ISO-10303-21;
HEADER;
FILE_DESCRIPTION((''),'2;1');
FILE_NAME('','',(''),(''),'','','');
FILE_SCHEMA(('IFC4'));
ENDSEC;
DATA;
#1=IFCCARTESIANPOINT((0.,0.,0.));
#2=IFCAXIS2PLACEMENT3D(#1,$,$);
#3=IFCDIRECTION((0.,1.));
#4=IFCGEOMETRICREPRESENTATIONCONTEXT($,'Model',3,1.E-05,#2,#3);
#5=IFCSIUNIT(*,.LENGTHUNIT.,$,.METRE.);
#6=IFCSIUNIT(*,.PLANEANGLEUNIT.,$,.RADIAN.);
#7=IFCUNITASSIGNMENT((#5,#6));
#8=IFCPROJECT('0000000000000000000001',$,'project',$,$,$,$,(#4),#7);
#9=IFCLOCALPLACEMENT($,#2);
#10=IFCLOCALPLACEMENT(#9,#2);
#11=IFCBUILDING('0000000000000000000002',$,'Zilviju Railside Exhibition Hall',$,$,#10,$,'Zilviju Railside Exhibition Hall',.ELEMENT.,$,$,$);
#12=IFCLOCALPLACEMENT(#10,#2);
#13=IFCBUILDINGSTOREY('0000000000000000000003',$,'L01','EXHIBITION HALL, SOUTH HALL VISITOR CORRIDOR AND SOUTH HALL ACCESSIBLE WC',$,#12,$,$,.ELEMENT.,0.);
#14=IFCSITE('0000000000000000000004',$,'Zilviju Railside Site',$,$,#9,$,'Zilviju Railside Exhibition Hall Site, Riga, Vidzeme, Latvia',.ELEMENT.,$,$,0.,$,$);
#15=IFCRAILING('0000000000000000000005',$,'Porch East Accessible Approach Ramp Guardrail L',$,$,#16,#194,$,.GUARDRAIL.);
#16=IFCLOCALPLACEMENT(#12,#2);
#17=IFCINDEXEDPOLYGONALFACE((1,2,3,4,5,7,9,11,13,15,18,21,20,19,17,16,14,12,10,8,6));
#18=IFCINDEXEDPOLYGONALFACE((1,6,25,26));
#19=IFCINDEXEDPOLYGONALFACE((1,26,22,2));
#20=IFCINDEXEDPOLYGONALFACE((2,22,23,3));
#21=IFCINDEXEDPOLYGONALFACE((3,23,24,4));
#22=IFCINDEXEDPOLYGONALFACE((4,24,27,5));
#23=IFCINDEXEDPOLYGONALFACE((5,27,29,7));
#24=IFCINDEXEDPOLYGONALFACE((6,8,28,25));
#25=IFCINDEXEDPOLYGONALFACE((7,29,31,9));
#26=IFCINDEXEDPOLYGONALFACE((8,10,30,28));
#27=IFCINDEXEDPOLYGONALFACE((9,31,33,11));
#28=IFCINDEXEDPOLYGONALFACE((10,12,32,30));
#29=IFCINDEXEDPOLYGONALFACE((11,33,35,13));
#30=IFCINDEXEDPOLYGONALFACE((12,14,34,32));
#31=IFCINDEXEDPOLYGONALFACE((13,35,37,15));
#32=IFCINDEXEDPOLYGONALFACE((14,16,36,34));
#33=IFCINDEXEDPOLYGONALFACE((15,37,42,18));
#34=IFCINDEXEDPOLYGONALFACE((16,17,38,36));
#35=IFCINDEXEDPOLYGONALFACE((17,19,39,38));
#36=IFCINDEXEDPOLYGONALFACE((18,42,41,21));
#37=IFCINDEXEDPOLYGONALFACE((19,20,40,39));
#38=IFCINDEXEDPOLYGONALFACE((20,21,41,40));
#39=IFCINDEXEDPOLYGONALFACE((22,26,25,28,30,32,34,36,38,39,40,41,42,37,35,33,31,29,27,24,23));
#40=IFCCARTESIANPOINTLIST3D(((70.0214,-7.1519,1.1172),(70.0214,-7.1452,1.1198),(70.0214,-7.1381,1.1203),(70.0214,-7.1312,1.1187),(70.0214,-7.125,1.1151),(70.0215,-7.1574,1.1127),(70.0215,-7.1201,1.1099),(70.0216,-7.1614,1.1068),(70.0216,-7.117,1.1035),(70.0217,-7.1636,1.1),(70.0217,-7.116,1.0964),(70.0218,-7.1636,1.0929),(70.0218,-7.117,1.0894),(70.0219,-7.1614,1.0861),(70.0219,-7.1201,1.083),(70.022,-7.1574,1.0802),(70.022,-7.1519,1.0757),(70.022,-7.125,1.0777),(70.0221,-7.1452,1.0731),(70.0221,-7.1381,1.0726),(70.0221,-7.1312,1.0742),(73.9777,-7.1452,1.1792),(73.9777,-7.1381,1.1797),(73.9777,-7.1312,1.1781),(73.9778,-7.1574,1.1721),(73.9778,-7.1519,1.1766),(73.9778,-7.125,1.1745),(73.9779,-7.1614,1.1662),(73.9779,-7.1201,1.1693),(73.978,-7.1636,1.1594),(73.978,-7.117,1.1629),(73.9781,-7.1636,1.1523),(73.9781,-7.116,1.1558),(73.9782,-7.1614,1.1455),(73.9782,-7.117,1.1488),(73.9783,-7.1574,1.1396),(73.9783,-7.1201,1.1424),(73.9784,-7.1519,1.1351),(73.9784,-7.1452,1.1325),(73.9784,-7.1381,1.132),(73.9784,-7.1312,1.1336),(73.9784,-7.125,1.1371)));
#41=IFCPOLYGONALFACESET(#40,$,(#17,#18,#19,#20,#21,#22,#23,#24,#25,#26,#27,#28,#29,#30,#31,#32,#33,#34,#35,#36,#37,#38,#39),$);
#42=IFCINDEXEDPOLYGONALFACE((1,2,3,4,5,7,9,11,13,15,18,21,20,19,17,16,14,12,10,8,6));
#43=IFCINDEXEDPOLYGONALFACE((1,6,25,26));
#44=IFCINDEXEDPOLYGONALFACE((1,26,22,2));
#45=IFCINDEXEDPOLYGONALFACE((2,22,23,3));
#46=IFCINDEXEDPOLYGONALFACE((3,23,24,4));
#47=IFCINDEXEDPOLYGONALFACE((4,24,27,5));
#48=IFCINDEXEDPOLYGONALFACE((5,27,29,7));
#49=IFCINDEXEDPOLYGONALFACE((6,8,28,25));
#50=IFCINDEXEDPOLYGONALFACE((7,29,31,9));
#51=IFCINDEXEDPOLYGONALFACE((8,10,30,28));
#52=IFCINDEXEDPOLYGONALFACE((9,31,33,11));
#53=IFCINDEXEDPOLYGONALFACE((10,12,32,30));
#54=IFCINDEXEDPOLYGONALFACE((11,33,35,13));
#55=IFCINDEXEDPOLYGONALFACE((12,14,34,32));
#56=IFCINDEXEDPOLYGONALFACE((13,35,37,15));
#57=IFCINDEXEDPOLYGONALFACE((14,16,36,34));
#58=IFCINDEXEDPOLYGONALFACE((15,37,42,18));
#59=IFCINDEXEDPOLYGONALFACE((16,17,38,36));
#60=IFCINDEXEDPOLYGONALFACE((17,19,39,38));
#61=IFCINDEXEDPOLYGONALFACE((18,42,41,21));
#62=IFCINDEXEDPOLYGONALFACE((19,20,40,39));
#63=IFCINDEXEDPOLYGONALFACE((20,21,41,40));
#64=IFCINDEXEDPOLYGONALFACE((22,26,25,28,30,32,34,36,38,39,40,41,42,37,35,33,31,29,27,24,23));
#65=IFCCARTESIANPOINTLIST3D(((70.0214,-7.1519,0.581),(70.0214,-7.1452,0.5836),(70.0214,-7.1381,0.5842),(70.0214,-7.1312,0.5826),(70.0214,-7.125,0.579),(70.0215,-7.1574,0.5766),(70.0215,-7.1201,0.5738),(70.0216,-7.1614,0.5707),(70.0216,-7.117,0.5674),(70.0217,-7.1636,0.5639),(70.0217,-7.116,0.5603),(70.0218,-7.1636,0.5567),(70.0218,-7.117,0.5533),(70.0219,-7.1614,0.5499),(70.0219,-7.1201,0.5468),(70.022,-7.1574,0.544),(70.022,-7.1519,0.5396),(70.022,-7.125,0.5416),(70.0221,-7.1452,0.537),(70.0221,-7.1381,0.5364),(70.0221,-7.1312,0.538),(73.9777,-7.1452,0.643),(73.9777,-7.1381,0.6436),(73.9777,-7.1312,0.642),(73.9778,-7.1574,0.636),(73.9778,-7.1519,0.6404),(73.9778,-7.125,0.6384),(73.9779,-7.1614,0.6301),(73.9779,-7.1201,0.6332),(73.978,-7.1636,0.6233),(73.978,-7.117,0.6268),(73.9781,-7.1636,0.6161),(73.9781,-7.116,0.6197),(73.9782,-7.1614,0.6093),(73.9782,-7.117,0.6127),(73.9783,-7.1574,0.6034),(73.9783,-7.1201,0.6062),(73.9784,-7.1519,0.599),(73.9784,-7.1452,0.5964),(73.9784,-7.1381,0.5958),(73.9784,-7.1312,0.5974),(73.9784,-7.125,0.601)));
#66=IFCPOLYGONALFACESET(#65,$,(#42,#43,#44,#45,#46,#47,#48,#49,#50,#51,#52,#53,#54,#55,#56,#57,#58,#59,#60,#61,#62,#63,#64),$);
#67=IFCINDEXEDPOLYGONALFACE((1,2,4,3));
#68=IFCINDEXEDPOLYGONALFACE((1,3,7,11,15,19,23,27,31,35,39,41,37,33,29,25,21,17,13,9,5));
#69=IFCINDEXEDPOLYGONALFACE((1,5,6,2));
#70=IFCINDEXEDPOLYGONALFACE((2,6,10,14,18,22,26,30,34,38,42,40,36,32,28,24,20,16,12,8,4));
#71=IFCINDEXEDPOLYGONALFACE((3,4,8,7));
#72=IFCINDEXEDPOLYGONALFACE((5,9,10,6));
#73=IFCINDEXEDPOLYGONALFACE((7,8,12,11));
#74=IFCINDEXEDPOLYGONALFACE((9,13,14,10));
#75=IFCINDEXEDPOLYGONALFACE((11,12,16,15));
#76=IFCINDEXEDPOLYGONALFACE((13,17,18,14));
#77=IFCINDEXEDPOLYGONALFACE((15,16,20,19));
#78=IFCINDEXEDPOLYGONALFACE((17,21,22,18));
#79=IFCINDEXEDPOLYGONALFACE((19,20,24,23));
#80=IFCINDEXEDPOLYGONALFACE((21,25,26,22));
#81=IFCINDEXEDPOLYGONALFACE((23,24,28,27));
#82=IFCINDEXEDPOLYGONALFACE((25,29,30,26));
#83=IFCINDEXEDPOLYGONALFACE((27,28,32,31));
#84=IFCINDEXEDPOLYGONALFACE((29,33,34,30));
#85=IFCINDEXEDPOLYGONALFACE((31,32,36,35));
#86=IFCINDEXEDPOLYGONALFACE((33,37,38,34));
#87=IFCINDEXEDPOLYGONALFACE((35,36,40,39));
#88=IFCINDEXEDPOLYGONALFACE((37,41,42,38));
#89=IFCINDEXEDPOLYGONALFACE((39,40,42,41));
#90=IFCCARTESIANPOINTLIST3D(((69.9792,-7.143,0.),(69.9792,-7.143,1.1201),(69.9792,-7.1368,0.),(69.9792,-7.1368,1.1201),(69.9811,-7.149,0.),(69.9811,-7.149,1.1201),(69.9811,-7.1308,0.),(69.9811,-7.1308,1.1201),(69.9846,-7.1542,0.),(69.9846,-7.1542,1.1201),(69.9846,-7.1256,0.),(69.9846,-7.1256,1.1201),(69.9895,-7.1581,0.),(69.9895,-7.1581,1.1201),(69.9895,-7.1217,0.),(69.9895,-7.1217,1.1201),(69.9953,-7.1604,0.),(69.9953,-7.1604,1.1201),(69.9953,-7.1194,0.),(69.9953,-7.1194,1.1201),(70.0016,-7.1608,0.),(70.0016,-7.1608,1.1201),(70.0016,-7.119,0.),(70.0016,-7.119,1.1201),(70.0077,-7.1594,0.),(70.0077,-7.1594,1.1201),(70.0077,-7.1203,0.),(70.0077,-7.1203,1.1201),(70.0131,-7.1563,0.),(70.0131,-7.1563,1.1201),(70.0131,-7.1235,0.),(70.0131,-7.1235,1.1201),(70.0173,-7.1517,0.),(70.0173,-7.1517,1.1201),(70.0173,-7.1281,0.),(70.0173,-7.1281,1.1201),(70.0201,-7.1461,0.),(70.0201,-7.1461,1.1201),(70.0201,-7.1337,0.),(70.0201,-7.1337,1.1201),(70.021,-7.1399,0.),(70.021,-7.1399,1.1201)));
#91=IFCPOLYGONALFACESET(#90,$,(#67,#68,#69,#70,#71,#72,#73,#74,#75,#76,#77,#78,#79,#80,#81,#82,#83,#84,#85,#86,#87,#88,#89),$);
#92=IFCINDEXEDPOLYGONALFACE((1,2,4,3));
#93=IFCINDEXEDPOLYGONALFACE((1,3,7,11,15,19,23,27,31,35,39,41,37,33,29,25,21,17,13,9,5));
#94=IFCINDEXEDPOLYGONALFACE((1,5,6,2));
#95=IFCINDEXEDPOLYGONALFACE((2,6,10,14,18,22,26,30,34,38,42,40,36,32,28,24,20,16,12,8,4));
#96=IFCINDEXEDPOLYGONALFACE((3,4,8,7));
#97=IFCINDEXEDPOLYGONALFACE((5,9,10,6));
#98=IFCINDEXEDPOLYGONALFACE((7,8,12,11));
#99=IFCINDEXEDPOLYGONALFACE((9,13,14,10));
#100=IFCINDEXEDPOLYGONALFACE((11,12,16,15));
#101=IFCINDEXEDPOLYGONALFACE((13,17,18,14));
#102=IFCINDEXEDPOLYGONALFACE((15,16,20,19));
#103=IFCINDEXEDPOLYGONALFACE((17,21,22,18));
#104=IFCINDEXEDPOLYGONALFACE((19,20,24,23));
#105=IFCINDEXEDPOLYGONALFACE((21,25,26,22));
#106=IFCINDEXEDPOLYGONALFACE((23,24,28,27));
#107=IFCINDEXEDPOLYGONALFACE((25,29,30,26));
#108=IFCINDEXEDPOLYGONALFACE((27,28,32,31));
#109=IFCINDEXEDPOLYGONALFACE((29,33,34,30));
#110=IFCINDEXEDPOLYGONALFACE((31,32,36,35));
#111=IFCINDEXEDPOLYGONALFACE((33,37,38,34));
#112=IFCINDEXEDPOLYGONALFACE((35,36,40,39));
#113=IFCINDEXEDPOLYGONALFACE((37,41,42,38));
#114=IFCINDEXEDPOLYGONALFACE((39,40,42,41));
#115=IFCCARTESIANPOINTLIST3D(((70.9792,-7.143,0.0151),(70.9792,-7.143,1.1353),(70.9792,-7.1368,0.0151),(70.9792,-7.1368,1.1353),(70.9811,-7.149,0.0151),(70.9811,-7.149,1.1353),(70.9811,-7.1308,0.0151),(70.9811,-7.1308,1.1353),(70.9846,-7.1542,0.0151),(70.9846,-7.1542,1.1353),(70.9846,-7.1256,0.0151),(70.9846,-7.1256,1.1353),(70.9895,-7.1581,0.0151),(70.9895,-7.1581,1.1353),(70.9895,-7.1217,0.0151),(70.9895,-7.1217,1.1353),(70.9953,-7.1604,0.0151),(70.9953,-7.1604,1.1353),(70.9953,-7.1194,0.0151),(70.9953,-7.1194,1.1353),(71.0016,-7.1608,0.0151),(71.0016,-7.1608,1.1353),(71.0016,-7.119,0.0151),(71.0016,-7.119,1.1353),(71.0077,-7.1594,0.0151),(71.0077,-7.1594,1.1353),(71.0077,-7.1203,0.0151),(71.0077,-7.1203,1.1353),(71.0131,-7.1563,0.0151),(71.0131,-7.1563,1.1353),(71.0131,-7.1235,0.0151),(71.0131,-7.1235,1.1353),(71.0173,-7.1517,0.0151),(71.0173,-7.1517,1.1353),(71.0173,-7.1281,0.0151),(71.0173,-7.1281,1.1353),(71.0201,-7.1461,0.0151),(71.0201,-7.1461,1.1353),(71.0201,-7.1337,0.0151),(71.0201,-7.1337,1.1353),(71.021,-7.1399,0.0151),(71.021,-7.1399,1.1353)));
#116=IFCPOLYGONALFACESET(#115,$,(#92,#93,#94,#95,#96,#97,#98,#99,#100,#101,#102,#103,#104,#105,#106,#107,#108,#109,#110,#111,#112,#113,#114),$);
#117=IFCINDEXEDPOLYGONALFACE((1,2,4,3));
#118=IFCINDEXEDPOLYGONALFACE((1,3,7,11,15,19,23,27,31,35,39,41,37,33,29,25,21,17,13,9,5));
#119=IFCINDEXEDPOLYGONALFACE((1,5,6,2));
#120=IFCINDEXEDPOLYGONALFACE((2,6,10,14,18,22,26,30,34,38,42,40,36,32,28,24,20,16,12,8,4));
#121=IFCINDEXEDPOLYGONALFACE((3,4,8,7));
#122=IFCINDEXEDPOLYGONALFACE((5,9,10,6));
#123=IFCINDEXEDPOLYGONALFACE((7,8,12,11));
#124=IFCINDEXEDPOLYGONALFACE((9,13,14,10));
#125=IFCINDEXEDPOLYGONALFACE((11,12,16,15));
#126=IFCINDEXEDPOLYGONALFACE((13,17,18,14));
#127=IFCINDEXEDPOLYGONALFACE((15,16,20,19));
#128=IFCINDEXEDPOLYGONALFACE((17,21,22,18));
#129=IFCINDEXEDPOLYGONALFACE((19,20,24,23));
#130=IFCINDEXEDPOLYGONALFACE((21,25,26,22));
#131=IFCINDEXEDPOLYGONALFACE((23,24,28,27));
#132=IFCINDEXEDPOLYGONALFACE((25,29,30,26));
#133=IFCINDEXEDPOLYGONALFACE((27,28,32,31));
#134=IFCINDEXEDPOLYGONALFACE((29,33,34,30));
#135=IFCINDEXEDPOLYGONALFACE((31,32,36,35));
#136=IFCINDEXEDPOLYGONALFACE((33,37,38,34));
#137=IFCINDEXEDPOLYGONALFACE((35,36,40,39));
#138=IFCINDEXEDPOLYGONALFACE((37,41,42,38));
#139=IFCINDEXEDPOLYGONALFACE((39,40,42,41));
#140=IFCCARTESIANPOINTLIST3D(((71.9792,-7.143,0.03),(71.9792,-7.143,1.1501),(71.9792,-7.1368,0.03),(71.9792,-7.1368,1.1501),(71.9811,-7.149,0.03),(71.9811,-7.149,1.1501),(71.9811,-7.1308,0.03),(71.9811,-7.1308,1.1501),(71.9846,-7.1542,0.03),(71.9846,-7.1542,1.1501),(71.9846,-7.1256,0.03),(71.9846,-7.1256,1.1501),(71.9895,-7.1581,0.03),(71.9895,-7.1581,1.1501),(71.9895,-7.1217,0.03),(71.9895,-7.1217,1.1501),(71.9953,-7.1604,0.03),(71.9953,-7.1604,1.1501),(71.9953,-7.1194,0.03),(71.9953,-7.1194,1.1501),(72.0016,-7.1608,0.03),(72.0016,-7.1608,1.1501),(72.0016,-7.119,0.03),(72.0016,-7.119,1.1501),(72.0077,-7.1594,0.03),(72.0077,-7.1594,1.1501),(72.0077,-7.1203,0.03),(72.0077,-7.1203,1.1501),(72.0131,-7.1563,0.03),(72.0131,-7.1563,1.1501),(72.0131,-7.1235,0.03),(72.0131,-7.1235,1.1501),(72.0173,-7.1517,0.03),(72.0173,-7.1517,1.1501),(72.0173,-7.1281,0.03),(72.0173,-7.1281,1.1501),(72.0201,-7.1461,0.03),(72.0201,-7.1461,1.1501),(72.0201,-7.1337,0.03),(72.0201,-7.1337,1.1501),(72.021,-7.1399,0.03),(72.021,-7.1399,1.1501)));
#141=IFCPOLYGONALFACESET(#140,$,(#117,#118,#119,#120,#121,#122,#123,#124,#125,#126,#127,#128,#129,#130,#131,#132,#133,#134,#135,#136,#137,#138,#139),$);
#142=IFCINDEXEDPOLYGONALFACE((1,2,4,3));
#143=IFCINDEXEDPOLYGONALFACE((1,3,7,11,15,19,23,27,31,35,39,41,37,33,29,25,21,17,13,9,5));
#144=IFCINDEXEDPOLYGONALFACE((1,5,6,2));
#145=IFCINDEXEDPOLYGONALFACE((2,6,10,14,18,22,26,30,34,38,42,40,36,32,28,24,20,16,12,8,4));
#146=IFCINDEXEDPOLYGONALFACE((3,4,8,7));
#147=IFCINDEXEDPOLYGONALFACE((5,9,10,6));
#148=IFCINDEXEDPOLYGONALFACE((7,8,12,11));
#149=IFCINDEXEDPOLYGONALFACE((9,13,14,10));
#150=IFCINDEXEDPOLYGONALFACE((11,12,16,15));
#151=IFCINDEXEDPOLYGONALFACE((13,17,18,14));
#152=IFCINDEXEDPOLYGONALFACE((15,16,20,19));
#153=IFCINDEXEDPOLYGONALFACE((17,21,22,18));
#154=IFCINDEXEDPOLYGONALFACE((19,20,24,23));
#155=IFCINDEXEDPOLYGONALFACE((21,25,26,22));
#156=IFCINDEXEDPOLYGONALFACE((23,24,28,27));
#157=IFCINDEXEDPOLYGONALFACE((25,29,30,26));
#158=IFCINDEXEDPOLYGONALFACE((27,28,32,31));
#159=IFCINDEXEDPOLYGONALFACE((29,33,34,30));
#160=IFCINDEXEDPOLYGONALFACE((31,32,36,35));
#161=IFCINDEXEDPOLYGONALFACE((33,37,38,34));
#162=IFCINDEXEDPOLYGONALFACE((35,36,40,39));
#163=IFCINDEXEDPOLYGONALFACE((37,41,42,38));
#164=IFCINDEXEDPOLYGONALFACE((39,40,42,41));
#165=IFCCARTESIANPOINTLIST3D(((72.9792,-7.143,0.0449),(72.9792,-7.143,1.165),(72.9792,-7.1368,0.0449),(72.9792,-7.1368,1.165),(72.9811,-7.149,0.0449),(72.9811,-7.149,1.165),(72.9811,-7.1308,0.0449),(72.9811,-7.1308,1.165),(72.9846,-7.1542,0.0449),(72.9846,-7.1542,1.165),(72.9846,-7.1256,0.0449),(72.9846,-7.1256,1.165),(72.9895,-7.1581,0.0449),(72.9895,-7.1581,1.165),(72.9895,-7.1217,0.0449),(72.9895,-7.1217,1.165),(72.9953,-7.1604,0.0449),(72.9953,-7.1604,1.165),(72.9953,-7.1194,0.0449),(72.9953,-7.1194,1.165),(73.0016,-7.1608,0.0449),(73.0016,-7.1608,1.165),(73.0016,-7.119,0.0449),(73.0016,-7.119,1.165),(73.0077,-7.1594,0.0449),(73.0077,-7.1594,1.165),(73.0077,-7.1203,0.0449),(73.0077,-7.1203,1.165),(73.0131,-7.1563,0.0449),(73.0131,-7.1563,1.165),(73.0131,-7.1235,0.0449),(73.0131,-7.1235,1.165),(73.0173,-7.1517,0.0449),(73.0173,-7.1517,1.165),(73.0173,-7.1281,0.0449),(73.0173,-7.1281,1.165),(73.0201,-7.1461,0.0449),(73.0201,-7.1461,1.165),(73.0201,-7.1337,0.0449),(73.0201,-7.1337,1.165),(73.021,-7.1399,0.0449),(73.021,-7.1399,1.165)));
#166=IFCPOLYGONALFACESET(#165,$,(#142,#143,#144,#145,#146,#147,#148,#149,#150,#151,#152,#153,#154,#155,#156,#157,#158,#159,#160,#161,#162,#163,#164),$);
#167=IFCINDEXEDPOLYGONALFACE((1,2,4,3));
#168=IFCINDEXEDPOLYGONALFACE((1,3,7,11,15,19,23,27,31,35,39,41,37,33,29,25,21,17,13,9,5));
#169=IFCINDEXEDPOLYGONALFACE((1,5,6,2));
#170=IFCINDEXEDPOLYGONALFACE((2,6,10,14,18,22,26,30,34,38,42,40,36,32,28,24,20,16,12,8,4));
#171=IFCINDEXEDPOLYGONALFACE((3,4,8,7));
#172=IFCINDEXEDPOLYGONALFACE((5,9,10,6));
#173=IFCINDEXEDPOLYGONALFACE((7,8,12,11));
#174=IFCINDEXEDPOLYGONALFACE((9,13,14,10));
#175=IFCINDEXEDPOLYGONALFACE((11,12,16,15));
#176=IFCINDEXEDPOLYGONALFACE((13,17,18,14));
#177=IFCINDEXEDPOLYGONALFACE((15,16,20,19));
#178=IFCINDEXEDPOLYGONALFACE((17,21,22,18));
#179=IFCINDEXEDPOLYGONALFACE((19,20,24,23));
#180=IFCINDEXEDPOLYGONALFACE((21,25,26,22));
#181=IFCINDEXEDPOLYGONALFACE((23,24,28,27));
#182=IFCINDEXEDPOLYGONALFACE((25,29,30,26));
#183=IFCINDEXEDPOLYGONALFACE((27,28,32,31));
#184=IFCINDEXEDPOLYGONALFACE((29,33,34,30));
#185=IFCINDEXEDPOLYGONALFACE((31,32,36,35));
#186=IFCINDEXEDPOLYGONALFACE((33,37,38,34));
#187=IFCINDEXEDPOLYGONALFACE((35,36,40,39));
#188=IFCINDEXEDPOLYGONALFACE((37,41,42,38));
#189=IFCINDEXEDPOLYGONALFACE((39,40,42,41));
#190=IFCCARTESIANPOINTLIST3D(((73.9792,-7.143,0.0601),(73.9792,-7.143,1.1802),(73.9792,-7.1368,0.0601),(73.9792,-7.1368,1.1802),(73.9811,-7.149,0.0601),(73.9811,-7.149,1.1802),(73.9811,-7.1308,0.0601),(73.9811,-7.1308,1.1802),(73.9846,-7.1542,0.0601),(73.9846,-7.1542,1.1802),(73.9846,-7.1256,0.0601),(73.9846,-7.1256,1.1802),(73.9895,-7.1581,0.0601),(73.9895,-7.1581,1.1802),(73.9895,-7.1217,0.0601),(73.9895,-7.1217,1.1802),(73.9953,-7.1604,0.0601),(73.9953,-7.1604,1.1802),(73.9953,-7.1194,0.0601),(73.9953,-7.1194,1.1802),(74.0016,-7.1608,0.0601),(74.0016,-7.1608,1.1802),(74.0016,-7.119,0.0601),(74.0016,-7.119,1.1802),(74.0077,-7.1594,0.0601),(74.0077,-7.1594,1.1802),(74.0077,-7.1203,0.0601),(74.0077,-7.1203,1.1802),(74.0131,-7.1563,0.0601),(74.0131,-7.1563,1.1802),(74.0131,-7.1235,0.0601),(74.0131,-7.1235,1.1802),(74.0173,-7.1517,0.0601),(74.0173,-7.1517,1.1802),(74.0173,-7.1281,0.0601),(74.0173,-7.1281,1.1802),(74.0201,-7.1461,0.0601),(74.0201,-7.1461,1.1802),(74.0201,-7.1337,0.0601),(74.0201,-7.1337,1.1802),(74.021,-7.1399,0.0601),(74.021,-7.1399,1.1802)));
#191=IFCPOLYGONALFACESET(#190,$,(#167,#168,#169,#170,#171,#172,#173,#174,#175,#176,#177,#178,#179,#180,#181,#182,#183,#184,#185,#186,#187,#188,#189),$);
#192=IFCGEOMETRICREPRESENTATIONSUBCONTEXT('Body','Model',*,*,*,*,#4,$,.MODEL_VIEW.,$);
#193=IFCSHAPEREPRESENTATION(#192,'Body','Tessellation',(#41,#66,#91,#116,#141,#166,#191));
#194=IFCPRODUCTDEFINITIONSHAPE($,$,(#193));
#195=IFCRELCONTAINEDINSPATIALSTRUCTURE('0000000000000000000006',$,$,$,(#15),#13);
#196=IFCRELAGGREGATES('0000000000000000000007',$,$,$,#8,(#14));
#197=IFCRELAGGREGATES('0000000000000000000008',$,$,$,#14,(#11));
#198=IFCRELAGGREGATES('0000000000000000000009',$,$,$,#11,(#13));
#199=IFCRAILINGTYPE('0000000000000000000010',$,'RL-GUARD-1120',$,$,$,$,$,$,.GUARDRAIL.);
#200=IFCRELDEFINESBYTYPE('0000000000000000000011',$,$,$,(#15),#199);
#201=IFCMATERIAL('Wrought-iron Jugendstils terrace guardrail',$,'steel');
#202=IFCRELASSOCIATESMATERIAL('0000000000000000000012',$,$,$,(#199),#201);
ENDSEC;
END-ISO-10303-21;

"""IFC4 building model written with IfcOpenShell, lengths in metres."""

from ifc_helpers import new_model, si_unit, direction, frame, origin, origin_2d, place, context, subcontext, project, spatial, circle, extrude, material, type_object, element, save


model = new_model("IFC4")

# Units and contexts
model_context = context("Model", 3, precision=1e-05, world=origin(), true_north=direction((0.0, 1.0)))
body_context = subcontext(model_context, "Body", "Model", "MODEL_VIEW")
ifc_project = project(units=[si_unit("LENGTHUNIT", "METRE"), si_unit("PLANEANGLEUNIT", "RADIAN")], contexts=[model_context])

# Site, building, storey
site_placement = place(None, origin())
site = spatial("IfcSite", under=ifc_project, at=site_placement, Name="Zilviju Railside Site", LongName="Zilviju Railside Exhibition Hall Site, Riga, Vidzeme, Latvia", CompositionType="ELEMENT", RefElevation=0.0)
building_placement = place(site_placement, origin())
building = spatial("IfcBuilding", under=site, at=building_placement, Name="Zilviju Railside Exhibition Hall", LongName="Zilviju Railside Exhibition Hall", CompositionType="ELEMENT")
storey_placement = place(building_placement, origin())
storey = spatial("IfcBuildingStorey", under=building, at=storey_placement, Name="L01", Description="EXHIBITION HALL, SOUTH HALL VISITOR CORRIDOR AND SOUTH HALL ACCESSIBLE WC", CompositionType="ELEMENT", Elevation=0.0)

# Railing
ifc_material_1 = material(Name="Wrought-iron Jugendstils terrace guardrail", Category="steel")
railing_type = type_object("IfcRailingType", Name="RL-GUARD-1120", PredefinedType="GUARDRAIL", material=ifc_material_1)
for number, where, name in (
    (1, (70.0, -7.1399, 0.0), "Porch East Accessible Approach Ramp Guardrail L"),
):
    element("IfcRailing", number, at=place(storey_placement, frame(where)), inside=storey, type_object=railing_type, Name=name, PredefinedType="GUARDRAIL", context=body_context, shape_type="SweptSolid", body=[
        extrude(circle(Radius=0.0239, at=origin_2d()), frame((0.0217, 0.0, 1.0964), z_axis=(0.999887, 0.0, 0.015013), x_axis=(0.0, 1.0, 0.0)), (0.0, 0.0, 1.0), 3.9568),
        extrude(circle(Radius=0.0239, at=origin_2d()), frame((0.0217, 0.0, 0.5603), z_axis=(0.999887, 0.0, 0.015013), x_axis=(0.0, 1.0, 0.0)), (0.0, 0.0, 1.0), 3.9568),
        extrude(circle(Radius=0.021, at=origin_2d()), origin(), (0.0, 0.0, 1.0), 1.1201),
        extrude(circle(Radius=0.021, at=origin_2d()), frame((1.0, 0.0, 0.0151)), (0.0, 0.0, 1.0), 1.1201),
        extrude(circle(Radius=0.021, at=origin_2d()), frame((2.0, 0.0, 0.03)), (0.0, 0.0, 1.0), 1.1201),
        extrude(circle(Radius=0.021, at=origin_2d()), frame((3.0, 0.0, 0.0449)), (0.0, 0.0, 1.0), 1.1201),
        extrude(circle(Radius=0.021, at=origin_2d()), frame((4.0, 0.0, 0.0601)), (0.0, 0.0, 1.0), 1.1201),
    ])

save(model, "model.ifc")
